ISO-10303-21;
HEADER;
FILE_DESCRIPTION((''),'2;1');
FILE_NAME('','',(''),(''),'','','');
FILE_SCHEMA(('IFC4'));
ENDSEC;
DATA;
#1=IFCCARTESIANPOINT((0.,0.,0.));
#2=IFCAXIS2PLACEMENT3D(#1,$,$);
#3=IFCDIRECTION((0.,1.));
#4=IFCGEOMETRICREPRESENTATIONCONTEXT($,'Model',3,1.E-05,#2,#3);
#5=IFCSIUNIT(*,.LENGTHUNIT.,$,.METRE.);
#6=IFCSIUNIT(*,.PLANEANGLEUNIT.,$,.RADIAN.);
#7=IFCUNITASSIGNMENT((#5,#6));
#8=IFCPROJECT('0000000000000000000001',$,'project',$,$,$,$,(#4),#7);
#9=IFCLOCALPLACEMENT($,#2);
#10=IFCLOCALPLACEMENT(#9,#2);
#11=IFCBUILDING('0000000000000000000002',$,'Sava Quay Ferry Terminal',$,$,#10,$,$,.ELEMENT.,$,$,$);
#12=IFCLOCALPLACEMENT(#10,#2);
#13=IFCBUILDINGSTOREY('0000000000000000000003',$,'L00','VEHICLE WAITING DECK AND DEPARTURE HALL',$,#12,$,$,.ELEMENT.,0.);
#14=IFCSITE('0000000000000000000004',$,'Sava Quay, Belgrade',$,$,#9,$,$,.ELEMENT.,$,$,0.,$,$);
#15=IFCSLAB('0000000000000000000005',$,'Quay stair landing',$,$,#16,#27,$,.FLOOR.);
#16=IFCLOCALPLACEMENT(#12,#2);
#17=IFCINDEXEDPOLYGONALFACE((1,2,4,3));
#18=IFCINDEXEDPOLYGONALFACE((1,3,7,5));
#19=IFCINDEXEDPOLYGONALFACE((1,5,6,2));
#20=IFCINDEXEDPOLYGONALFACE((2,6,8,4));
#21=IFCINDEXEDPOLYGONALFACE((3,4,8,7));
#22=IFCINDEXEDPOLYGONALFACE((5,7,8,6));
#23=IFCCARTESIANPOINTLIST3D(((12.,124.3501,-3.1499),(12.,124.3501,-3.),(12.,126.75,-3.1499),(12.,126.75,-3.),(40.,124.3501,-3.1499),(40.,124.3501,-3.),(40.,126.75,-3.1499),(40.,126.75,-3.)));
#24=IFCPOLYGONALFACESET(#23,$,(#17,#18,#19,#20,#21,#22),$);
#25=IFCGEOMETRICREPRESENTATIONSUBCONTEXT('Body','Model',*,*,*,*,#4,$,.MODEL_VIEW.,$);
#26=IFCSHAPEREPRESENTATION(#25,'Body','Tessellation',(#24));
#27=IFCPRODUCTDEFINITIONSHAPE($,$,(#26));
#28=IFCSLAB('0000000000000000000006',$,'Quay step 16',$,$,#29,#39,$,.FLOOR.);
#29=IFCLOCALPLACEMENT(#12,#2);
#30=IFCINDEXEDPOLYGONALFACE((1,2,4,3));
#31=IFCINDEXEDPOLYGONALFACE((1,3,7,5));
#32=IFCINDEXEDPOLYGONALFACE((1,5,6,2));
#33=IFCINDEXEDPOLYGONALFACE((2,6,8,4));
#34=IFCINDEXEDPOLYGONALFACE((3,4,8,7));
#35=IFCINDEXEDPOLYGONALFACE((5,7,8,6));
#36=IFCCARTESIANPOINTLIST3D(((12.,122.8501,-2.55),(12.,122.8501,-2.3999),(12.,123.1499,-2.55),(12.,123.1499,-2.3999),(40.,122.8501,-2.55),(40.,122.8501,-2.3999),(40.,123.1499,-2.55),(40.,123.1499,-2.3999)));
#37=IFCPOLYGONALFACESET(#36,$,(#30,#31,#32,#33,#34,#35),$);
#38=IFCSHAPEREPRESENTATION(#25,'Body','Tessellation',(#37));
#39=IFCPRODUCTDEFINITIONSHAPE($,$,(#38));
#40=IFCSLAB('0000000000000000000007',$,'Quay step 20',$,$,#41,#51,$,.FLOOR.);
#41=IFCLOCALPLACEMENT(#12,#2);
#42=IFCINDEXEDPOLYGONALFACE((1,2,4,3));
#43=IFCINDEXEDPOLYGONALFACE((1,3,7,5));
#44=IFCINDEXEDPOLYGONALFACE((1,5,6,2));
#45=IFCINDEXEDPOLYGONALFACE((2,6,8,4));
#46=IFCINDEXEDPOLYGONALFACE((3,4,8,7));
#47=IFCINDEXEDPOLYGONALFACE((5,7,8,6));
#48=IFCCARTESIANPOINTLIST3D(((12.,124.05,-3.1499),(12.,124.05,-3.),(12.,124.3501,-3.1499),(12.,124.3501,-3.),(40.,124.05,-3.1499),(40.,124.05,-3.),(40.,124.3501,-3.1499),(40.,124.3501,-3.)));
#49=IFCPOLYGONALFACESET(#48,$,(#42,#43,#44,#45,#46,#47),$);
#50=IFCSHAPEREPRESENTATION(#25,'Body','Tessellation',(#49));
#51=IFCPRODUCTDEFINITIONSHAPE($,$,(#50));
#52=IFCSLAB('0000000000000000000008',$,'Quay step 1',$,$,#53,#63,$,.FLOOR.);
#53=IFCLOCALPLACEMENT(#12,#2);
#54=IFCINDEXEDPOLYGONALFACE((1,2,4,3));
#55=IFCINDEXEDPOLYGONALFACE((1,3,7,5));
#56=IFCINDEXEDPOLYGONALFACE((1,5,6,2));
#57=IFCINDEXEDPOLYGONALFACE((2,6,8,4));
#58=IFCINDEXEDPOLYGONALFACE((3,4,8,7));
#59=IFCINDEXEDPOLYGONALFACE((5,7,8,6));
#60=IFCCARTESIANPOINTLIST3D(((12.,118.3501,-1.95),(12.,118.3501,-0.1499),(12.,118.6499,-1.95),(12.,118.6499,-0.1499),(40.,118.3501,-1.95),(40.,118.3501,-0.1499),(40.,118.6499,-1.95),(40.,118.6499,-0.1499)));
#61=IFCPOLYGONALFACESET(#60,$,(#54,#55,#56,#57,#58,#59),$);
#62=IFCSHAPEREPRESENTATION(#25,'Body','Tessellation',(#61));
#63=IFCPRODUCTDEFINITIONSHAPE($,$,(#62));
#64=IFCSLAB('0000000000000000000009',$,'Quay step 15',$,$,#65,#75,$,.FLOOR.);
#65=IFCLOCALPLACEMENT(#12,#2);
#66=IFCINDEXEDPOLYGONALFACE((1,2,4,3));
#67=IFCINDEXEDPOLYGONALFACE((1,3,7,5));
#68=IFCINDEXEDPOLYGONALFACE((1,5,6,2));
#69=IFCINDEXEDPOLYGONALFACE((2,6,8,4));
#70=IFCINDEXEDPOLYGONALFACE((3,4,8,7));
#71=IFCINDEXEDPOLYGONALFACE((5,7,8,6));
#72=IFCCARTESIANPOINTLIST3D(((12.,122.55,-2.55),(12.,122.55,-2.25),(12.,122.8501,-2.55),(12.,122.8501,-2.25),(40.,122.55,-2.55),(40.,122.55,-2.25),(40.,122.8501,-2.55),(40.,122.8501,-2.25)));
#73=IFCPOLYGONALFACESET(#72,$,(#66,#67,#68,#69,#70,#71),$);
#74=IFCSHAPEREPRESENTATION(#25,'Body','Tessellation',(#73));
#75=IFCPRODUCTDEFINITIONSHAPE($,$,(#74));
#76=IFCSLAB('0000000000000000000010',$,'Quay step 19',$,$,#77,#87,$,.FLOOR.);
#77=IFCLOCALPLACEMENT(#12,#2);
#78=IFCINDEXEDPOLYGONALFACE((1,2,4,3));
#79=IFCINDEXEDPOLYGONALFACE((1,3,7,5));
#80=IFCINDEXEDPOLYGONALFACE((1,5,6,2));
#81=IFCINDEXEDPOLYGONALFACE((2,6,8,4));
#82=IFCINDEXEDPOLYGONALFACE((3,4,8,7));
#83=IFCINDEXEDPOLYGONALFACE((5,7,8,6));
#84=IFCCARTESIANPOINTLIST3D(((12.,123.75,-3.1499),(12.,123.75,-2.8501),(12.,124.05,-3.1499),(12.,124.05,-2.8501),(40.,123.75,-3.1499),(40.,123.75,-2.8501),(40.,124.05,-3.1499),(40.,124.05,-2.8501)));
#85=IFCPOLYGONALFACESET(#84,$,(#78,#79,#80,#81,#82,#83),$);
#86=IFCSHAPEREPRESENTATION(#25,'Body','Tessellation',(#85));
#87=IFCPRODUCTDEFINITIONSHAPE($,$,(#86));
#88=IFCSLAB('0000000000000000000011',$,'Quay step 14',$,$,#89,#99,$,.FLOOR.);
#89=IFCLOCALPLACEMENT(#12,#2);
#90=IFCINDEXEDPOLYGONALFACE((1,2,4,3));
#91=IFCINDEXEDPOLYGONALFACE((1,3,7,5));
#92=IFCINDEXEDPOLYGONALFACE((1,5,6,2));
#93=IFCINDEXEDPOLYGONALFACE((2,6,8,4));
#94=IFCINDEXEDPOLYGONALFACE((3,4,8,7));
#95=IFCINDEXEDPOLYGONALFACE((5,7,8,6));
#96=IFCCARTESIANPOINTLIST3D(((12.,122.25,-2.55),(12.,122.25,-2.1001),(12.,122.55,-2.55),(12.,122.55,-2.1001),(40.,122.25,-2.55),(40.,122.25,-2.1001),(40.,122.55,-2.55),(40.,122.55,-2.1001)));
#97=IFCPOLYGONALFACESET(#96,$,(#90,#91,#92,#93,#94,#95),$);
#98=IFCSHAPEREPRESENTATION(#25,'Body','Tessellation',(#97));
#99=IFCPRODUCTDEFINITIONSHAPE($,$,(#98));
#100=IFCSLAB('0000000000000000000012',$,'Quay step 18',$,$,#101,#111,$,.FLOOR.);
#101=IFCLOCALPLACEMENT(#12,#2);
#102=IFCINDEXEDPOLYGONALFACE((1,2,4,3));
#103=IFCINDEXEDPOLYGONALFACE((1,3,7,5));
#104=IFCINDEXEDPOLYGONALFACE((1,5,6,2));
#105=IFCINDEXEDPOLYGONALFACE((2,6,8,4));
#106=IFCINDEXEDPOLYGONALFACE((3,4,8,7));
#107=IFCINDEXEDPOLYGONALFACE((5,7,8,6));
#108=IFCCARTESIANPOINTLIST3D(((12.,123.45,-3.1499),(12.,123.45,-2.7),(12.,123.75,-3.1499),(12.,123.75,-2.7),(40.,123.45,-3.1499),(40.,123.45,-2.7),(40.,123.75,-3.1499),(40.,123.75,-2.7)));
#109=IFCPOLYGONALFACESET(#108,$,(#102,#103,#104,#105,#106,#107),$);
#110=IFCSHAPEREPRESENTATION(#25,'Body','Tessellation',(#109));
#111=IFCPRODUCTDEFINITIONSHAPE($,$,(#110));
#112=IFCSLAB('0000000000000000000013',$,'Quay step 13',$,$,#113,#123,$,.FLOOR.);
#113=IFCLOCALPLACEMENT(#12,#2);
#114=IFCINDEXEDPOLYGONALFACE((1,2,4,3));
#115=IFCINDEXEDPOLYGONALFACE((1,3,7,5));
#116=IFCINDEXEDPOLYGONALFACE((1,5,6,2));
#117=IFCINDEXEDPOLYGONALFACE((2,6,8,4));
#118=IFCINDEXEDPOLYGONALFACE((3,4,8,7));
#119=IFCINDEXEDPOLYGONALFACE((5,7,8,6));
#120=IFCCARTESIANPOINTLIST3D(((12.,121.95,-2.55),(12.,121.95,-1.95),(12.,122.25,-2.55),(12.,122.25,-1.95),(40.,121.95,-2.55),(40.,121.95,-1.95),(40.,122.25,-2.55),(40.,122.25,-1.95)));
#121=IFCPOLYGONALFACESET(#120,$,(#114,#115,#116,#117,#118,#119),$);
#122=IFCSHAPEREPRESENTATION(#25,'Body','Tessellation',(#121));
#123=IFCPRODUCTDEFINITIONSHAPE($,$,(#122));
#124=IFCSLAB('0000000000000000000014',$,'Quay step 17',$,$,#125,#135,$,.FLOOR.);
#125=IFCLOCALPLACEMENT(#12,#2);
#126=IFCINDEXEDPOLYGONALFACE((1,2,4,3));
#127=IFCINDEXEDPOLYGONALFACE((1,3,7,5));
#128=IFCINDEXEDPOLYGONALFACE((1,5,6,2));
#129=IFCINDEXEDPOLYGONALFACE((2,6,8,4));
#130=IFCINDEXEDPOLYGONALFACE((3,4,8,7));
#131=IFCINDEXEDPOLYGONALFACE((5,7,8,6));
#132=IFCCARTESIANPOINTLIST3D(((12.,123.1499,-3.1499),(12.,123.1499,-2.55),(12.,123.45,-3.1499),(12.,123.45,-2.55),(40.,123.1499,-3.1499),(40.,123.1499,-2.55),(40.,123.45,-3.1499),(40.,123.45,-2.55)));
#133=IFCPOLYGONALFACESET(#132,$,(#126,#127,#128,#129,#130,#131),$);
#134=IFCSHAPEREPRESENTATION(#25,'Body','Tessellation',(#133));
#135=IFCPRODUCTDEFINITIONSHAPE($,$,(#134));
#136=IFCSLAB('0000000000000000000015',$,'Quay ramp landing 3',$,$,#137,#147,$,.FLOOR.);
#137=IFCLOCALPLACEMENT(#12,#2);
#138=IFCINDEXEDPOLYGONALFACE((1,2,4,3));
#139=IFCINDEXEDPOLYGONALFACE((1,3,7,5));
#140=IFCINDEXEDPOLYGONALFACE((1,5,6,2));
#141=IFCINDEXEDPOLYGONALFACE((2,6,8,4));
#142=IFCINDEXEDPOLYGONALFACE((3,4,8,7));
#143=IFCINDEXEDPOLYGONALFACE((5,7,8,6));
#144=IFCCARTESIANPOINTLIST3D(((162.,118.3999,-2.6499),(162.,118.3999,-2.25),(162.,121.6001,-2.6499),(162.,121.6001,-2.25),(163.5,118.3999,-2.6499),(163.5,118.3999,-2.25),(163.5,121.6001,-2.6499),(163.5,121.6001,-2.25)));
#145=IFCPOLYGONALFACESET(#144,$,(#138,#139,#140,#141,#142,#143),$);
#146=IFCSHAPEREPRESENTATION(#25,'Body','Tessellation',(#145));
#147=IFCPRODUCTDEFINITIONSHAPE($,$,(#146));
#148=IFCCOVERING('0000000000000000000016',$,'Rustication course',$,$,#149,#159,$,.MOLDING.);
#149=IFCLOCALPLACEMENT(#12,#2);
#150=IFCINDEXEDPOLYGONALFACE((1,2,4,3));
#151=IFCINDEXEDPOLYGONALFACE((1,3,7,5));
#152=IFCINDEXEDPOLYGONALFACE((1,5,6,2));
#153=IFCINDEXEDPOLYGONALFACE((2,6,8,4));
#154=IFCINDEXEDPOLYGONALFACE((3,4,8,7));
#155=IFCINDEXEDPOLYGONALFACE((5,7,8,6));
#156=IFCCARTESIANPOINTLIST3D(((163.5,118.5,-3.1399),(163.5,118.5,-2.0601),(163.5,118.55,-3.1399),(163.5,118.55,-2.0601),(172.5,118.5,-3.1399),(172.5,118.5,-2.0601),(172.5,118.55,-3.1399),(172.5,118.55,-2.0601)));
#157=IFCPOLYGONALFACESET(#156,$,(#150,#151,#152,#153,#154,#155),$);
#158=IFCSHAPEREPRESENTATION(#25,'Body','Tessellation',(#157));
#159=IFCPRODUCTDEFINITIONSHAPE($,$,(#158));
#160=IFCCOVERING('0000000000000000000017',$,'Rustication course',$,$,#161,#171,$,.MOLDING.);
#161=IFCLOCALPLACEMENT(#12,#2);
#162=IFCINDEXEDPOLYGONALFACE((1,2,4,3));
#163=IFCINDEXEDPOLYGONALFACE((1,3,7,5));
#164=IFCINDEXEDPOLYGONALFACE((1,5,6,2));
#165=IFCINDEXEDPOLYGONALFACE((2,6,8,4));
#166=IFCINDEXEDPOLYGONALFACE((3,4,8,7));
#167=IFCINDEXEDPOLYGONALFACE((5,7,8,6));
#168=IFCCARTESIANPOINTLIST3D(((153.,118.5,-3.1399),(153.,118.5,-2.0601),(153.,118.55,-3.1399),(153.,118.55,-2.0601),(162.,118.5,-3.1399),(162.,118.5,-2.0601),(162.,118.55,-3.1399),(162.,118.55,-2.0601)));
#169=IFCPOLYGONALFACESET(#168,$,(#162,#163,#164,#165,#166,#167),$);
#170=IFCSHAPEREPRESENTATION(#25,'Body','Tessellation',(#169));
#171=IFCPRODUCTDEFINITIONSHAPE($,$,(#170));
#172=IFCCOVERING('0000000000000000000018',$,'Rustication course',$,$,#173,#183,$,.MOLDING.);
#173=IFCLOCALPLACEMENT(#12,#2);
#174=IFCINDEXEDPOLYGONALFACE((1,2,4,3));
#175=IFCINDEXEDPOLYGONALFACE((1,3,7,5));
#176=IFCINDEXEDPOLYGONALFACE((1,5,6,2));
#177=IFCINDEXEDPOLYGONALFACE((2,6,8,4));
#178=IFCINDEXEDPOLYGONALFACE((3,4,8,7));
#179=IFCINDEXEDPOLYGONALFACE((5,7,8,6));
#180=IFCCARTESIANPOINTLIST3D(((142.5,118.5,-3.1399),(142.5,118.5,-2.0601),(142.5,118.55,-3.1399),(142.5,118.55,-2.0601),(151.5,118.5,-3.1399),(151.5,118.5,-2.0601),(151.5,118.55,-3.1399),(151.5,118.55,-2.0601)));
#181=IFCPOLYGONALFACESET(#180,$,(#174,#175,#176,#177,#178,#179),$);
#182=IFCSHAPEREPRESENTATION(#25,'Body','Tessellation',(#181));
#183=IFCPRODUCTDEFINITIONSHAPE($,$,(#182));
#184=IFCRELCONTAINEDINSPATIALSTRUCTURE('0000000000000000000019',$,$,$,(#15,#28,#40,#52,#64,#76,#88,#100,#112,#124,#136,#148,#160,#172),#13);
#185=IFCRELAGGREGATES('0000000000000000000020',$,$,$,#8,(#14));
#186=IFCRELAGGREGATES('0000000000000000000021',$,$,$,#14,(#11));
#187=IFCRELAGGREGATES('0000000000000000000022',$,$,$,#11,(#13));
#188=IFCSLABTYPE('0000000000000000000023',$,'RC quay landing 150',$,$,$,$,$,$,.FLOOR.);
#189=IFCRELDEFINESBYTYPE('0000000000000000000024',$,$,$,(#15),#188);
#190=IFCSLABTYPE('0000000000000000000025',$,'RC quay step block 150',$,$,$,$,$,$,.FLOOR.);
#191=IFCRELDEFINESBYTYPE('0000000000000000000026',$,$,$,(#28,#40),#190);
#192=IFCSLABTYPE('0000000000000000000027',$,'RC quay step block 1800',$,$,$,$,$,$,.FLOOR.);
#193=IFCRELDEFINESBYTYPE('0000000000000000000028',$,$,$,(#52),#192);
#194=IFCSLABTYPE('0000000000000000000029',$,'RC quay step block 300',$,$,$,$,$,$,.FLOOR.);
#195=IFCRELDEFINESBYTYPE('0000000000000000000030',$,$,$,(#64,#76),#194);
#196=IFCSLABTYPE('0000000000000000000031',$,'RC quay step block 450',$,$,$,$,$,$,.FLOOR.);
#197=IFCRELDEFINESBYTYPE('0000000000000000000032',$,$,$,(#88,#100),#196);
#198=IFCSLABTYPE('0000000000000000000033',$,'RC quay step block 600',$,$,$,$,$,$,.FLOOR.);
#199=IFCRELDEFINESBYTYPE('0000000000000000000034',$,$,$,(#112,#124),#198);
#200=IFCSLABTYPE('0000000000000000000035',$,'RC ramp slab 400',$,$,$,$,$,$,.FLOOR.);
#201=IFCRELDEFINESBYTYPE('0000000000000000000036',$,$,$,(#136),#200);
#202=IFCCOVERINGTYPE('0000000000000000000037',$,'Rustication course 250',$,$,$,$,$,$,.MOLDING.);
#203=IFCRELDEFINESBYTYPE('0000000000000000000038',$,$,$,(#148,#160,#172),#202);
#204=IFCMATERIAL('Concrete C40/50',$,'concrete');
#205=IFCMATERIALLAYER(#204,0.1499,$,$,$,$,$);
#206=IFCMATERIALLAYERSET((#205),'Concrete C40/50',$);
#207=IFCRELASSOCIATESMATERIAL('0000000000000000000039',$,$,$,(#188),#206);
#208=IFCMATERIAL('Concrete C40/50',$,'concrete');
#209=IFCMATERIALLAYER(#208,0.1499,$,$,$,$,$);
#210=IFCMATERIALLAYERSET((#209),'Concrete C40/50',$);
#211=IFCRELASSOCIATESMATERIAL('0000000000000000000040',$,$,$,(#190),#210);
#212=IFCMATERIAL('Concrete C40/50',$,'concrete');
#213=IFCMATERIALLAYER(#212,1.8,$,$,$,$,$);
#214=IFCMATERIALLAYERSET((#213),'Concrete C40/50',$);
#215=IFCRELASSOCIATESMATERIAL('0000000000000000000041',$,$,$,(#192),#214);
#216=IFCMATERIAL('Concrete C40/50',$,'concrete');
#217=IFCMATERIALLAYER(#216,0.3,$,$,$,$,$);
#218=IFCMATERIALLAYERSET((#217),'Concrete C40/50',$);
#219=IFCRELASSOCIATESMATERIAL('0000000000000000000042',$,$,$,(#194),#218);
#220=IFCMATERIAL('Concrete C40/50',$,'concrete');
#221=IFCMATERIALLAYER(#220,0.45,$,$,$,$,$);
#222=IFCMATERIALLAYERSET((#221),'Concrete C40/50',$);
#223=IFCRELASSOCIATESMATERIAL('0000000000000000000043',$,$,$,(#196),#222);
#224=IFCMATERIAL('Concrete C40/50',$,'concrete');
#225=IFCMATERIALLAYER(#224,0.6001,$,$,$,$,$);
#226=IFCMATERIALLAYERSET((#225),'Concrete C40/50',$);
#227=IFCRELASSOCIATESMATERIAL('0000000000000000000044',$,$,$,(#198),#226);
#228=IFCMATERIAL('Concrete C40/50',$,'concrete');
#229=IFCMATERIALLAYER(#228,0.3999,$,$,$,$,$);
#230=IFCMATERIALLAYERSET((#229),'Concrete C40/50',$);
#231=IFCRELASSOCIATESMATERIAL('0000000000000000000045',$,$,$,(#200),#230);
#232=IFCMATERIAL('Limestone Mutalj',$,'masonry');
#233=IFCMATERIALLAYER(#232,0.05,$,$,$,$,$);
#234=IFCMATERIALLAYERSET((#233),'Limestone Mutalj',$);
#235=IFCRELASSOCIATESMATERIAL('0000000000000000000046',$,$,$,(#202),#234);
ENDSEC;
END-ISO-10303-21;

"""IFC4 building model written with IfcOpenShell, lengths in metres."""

from ifc_helpers import new_model, si_unit, direction, frame, origin, place, context, subcontext, project, spatial, polyline, outline, extrude, material, layer, layer_set, type_object, element, save


model = new_model("IFC4")

# Units and contexts
model_context = context("Model", 3, precision=1e-05, world=origin(), true_north=direction((0.0, 1.0)))
body_context = subcontext(model_context, "Body", "Model", "MODEL_VIEW")
ifc_project = project(units=[si_unit("LENGTHUNIT", "METRE"), si_unit("PLANEANGLEUNIT", "RADIAN")], contexts=[model_context])

# Site, building, storey
site_placement = place(None, origin())
site = spatial("IfcSite", under=ifc_project, at=site_placement, Name="Sava Quay, Belgrade", CompositionType="ELEMENT", RefElevation=0.0)
building_placement = place(site_placement, origin())
building = spatial("IfcBuilding", under=site, at=building_placement, Name="Sava Quay Ferry Terminal", CompositionType="ELEMENT")
storey_placement = place(building_placement, origin())
storey = spatial("IfcBuildingStorey", under=building, at=storey_placement, Name="L00", Description="VEHICLE WAITING DECK AND DEPARTURE HALL", CompositionType="ELEMENT", Elevation=0.0)

# Slabs
ifc_material_1 = material(Name="Concrete C40/50", Category="concrete")
ifc_layer_1 = layer(ifc_material_1, 0.1499)
ifc_layer_set_1 = layer_set([ifc_layer_1], Name="Concrete C40/50")
slab_type_1 = type_object("IfcSlabType", Name="RC quay landing 150", PredefinedType="FLOOR", material=ifc_layer_set_1)
slab_1_placement = place(storey_placement, frame((0.0, 0.0, -3.1499)))
element("IfcSlab", 1, at=slab_1_placement, inside=storey, type_object=slab_type_1, Name="Quay stair landing", PredefinedType="FLOOR", context=body_context, shape_type="SweptSolid", body=[
    extrude(outline(polyline([(12.0, 124.3501), (40.0, 124.3501), (40.0, 126.75), (12.0, 126.75), (12.0, 124.3501)])), origin(), (0.0, 0.0, 1.0), 0.1499),
])
ifc_material_2 = material(Name="Concrete C40/50", Category="concrete")
ifc_layer_2 = layer(ifc_material_2, 0.1499)
ifc_layer_set_2 = layer_set([ifc_layer_2], Name="Concrete C40/50")
slab_type_2 = type_object("IfcSlabType", Name="RC quay step block 150", PredefinedType="FLOOR", material=ifc_layer_set_2)
slab_2_placement = place(storey_placement, frame((0.0, 0.0, -2.55)))
element("IfcSlab", 2, at=slab_2_placement, inside=storey, type_object=slab_type_2, Name="Quay step 16", PredefinedType="FLOOR", context=body_context, shape_type="SweptSolid", body=[
    extrude(outline(polyline([(12.0, 122.8501), (40.0, 122.8501), (40.0, 123.1499), (12.0, 123.1499), (12.0, 122.8501)])), origin(), (0.0, 0.0, 1.0), 0.1501),
])
slab_3_placement = place(storey_placement, frame((0.0, 0.0, -3.1499)))
element("IfcSlab", 3, at=slab_3_placement, inside=storey, type_object=slab_type_2, Name="Quay step 20", PredefinedType="FLOOR", context=body_context, shape_type="SweptSolid", body=[
    extrude(outline(polyline([(12.0, 124.05), (40.0, 124.05), (40.0, 124.3501), (12.0, 124.3501), (12.0, 124.05)])), origin(), (0.0, 0.0, 1.0), 0.1499),
])
ifc_material_3 = material(Name="Concrete C40/50", Category="concrete")
ifc_layer_3 = layer(ifc_material_3, 1.8)
ifc_layer_set_3 = layer_set([ifc_layer_3], Name="Concrete C40/50")
slab_type_3 = type_object("IfcSlabType", Name="RC quay step block 1800", PredefinedType="FLOOR", material=ifc_layer_set_3)
slab_4_placement = place(storey_placement, frame((0.0, 0.0, -1.95)))
element("IfcSlab", 4, at=slab_4_placement, inside=storey, type_object=slab_type_3, Name="Quay step 1", PredefinedType="FLOOR", context=body_context, shape_type="SweptSolid", body=[
    extrude(outline(polyline([(12.0, 118.3501), (40.0, 118.3501), (40.0, 118.6499), (12.0, 118.6499), (12.0, 118.3501)])), origin(), (0.0, 0.0, 1.0), 1.8),
])
ifc_material_4 = material(Name="Concrete C40/50", Category="concrete")
ifc_layer_4 = layer(ifc_material_4, 0.3)
ifc_layer_set_4 = layer_set([ifc_layer_4], Name="Concrete C40/50")
slab_type_4 = type_object("IfcSlabType", Name="RC quay step block 300", PredefinedType="FLOOR", material=ifc_layer_set_4)
slab_5_placement = place(storey_placement, frame((0.0, 0.0, -2.55)))
element("IfcSlab", 5, at=slab_5_placement, inside=storey, type_object=slab_type_4, Name="Quay step 15", PredefinedType="FLOOR", context=body_context, shape_type="SweptSolid", body=[
    extrude(outline(polyline([(12.0, 122.55), (40.0, 122.55), (40.0, 122.8501), (12.0, 122.8501), (12.0, 122.55)])), origin(), (0.0, 0.0, 1.0), 0.3),
])
slab_6_placement = place(storey_placement, frame((0.0, 0.0, -3.1499)))
element("IfcSlab", 6, at=slab_6_placement, inside=storey, type_object=slab_type_4, Name="Quay step 19", PredefinedType="FLOOR", context=body_context, shape_type="SweptSolid", body=[
    extrude(outline(polyline([(12.0, 123.75), (40.0, 123.75), (40.0, 124.05), (12.0, 124.05), (12.0, 123.75)])), origin(), (0.0, 0.0, 1.0), 0.2998),
])
ifc_material_5 = material(Name="Concrete C40/50", Category="concrete")
ifc_layer_5 = layer(ifc_material_5, 0.45)
ifc_layer_set_5 = layer_set([ifc_layer_5], Name="Concrete C40/50")
slab_type_5 = type_object("IfcSlabType", Name="RC quay step block 450", PredefinedType="FLOOR", material=ifc_layer_set_5)
slab_7_placement = place(storey_placement, frame((0.0, 0.0, -2.55)))
element("IfcSlab", 7, at=slab_7_placement, inside=storey, type_object=slab_type_5, Name="Quay step 14", PredefinedType="FLOOR", context=body_context, shape_type="SweptSolid", body=[
    extrude(outline(polyline([(12.0, 122.25), (40.0, 122.25), (40.0, 122.55), (12.0, 122.55), (12.0, 122.25)])), origin(), (0.0, 0.0, 1.0), 0.45),
])
slab_8_placement = place(storey_placement, frame((0.0, 0.0, -3.1499)))
element("IfcSlab", 8, at=slab_8_placement, inside=storey, type_object=slab_type_5, Name="Quay step 18", PredefinedType="FLOOR", context=body_context, shape_type="SweptSolid", body=[
    extrude(outline(polyline([(12.0, 123.45), (40.0, 123.45), (40.0, 123.75), (12.0, 123.75), (12.0, 123.45)])), origin(), (0.0, 0.0, 1.0), 0.45),
])
ifc_material_6 = material(Name="Concrete C40/50", Category="concrete")
ifc_layer_6 = layer(ifc_material_6, 0.6001)
ifc_layer_set_6 = layer_set([ifc_layer_6], Name="Concrete C40/50")
slab_type_6 = type_object("IfcSlabType", Name="RC quay step block 600", PredefinedType="FLOOR", material=ifc_layer_set_6)
slab_9_placement = place(storey_placement, frame((0.0, 0.0, -2.55)))
element("IfcSlab", 9, at=slab_9_placement, inside=storey, type_object=slab_type_6, Name="Quay step 13", PredefinedType="FLOOR", context=body_context, shape_type="SweptSolid", body=[
    extrude(outline(polyline([(12.0, 121.95), (40.0, 121.95), (40.0, 122.25), (12.0, 122.25), (12.0, 121.95)])), origin(), (0.0, 0.0, 1.0), 0.6001),
])
slab_10_placement = place(storey_placement, frame((0.0, 0.0, -3.1499)))
element("IfcSlab", 10, at=slab_10_placement, inside=storey, type_object=slab_type_6, Name="Quay step 17", PredefinedType="FLOOR", context=body_context, shape_type="SweptSolid", body=[
    extrude(outline(polyline([(12.0, 123.1499), (40.0, 123.1499), (40.0, 123.45), (12.0, 123.45), (12.0, 123.1499)])), origin(), (0.0, 0.0, 1.0), 0.5999),
])
ifc_material_7 = material(Name="Concrete C40/50", Category="concrete")
ifc_layer_7 = layer(ifc_material_7, 0.3999)
ifc_layer_set_7 = layer_set([ifc_layer_7], Name="Concrete C40/50")
slab_type_7 = type_object("IfcSlabType", Name="RC ramp slab 400", PredefinedType="FLOOR", material=ifc_layer_set_7)
slab_11_placement = place(storey_placement, frame((0.0, 0.0, -2.6499)))
element("IfcSlab", 11, at=slab_11_placement, inside=storey, type_object=slab_type_7, Name="Quay ramp landing 3", PredefinedType="FLOOR", context=body_context, shape_type="SweptSolid", body=[
    extrude(outline(polyline([(162.0, 118.3999), (163.5, 118.3999), (163.5, 121.6001), (162.0, 121.6001), (162.0, 118.3999)])), origin(), (0.0, 0.0, 1.0), 0.3999),
])

# Coverings
ifc_material_8 = material(Name="Limestone Mutalj", Category="masonry")
ifc_layer_8 = layer(ifc_material_8, 0.05)
ifc_layer_set_8 = layer_set([ifc_layer_8], Name="Limestone Mutalj")
covering_type = type_object("IfcCoveringType", Name="Rustication course 250", PredefinedType="MOLDING", material=ifc_layer_set_8)
covering_1_placement = place(storey_placement, frame((0.0, 0.0, -3.1399)))
element("IfcCovering", 12, at=covering_1_placement, inside=storey, type_object=covering_type, Name="Rustication course", PredefinedType="MOLDING", context=body_context, shape_type="SweptSolid", body=[
    extrude(outline(polyline([(172.5, 118.55), (163.5, 118.55), (163.5, 118.5), (172.5, 118.5), (172.5, 118.55)])), origin(), (0.0, 0.0, 1.0), 1.0798),
])
covering_2_placement = place(storey_placement, frame((0.0, 0.0, -3.1399)))
element("IfcCovering", 13, at=covering_2_placement, inside=storey, type_object=covering_type, Name="Rustication course", PredefinedType="MOLDING", context=body_context, shape_type="SweptSolid", body=[
    extrude(outline(polyline([(162.0, 118.55), (153.0, 118.55), (153.0, 118.5), (162.0, 118.5), (162.0, 118.55)])), origin(), (0.0, 0.0, 1.0), 1.0798),
])
covering_3_placement = place(storey_placement, frame((0.0, 0.0, -3.1399)))
element("IfcCovering", 14, at=covering_3_placement, inside=storey, type_object=covering_type, Name="Rustication course", PredefinedType="MOLDING", context=body_context, shape_type="SweptSolid", body=[
    extrude(outline(polyline([(151.5, 118.55), (142.5, 118.55), (142.5, 118.5), (151.5, 118.5), (151.5, 118.55)])), origin(), (0.0, 0.0, 1.0), 1.0798),
])

save(model, "model.ifc")
